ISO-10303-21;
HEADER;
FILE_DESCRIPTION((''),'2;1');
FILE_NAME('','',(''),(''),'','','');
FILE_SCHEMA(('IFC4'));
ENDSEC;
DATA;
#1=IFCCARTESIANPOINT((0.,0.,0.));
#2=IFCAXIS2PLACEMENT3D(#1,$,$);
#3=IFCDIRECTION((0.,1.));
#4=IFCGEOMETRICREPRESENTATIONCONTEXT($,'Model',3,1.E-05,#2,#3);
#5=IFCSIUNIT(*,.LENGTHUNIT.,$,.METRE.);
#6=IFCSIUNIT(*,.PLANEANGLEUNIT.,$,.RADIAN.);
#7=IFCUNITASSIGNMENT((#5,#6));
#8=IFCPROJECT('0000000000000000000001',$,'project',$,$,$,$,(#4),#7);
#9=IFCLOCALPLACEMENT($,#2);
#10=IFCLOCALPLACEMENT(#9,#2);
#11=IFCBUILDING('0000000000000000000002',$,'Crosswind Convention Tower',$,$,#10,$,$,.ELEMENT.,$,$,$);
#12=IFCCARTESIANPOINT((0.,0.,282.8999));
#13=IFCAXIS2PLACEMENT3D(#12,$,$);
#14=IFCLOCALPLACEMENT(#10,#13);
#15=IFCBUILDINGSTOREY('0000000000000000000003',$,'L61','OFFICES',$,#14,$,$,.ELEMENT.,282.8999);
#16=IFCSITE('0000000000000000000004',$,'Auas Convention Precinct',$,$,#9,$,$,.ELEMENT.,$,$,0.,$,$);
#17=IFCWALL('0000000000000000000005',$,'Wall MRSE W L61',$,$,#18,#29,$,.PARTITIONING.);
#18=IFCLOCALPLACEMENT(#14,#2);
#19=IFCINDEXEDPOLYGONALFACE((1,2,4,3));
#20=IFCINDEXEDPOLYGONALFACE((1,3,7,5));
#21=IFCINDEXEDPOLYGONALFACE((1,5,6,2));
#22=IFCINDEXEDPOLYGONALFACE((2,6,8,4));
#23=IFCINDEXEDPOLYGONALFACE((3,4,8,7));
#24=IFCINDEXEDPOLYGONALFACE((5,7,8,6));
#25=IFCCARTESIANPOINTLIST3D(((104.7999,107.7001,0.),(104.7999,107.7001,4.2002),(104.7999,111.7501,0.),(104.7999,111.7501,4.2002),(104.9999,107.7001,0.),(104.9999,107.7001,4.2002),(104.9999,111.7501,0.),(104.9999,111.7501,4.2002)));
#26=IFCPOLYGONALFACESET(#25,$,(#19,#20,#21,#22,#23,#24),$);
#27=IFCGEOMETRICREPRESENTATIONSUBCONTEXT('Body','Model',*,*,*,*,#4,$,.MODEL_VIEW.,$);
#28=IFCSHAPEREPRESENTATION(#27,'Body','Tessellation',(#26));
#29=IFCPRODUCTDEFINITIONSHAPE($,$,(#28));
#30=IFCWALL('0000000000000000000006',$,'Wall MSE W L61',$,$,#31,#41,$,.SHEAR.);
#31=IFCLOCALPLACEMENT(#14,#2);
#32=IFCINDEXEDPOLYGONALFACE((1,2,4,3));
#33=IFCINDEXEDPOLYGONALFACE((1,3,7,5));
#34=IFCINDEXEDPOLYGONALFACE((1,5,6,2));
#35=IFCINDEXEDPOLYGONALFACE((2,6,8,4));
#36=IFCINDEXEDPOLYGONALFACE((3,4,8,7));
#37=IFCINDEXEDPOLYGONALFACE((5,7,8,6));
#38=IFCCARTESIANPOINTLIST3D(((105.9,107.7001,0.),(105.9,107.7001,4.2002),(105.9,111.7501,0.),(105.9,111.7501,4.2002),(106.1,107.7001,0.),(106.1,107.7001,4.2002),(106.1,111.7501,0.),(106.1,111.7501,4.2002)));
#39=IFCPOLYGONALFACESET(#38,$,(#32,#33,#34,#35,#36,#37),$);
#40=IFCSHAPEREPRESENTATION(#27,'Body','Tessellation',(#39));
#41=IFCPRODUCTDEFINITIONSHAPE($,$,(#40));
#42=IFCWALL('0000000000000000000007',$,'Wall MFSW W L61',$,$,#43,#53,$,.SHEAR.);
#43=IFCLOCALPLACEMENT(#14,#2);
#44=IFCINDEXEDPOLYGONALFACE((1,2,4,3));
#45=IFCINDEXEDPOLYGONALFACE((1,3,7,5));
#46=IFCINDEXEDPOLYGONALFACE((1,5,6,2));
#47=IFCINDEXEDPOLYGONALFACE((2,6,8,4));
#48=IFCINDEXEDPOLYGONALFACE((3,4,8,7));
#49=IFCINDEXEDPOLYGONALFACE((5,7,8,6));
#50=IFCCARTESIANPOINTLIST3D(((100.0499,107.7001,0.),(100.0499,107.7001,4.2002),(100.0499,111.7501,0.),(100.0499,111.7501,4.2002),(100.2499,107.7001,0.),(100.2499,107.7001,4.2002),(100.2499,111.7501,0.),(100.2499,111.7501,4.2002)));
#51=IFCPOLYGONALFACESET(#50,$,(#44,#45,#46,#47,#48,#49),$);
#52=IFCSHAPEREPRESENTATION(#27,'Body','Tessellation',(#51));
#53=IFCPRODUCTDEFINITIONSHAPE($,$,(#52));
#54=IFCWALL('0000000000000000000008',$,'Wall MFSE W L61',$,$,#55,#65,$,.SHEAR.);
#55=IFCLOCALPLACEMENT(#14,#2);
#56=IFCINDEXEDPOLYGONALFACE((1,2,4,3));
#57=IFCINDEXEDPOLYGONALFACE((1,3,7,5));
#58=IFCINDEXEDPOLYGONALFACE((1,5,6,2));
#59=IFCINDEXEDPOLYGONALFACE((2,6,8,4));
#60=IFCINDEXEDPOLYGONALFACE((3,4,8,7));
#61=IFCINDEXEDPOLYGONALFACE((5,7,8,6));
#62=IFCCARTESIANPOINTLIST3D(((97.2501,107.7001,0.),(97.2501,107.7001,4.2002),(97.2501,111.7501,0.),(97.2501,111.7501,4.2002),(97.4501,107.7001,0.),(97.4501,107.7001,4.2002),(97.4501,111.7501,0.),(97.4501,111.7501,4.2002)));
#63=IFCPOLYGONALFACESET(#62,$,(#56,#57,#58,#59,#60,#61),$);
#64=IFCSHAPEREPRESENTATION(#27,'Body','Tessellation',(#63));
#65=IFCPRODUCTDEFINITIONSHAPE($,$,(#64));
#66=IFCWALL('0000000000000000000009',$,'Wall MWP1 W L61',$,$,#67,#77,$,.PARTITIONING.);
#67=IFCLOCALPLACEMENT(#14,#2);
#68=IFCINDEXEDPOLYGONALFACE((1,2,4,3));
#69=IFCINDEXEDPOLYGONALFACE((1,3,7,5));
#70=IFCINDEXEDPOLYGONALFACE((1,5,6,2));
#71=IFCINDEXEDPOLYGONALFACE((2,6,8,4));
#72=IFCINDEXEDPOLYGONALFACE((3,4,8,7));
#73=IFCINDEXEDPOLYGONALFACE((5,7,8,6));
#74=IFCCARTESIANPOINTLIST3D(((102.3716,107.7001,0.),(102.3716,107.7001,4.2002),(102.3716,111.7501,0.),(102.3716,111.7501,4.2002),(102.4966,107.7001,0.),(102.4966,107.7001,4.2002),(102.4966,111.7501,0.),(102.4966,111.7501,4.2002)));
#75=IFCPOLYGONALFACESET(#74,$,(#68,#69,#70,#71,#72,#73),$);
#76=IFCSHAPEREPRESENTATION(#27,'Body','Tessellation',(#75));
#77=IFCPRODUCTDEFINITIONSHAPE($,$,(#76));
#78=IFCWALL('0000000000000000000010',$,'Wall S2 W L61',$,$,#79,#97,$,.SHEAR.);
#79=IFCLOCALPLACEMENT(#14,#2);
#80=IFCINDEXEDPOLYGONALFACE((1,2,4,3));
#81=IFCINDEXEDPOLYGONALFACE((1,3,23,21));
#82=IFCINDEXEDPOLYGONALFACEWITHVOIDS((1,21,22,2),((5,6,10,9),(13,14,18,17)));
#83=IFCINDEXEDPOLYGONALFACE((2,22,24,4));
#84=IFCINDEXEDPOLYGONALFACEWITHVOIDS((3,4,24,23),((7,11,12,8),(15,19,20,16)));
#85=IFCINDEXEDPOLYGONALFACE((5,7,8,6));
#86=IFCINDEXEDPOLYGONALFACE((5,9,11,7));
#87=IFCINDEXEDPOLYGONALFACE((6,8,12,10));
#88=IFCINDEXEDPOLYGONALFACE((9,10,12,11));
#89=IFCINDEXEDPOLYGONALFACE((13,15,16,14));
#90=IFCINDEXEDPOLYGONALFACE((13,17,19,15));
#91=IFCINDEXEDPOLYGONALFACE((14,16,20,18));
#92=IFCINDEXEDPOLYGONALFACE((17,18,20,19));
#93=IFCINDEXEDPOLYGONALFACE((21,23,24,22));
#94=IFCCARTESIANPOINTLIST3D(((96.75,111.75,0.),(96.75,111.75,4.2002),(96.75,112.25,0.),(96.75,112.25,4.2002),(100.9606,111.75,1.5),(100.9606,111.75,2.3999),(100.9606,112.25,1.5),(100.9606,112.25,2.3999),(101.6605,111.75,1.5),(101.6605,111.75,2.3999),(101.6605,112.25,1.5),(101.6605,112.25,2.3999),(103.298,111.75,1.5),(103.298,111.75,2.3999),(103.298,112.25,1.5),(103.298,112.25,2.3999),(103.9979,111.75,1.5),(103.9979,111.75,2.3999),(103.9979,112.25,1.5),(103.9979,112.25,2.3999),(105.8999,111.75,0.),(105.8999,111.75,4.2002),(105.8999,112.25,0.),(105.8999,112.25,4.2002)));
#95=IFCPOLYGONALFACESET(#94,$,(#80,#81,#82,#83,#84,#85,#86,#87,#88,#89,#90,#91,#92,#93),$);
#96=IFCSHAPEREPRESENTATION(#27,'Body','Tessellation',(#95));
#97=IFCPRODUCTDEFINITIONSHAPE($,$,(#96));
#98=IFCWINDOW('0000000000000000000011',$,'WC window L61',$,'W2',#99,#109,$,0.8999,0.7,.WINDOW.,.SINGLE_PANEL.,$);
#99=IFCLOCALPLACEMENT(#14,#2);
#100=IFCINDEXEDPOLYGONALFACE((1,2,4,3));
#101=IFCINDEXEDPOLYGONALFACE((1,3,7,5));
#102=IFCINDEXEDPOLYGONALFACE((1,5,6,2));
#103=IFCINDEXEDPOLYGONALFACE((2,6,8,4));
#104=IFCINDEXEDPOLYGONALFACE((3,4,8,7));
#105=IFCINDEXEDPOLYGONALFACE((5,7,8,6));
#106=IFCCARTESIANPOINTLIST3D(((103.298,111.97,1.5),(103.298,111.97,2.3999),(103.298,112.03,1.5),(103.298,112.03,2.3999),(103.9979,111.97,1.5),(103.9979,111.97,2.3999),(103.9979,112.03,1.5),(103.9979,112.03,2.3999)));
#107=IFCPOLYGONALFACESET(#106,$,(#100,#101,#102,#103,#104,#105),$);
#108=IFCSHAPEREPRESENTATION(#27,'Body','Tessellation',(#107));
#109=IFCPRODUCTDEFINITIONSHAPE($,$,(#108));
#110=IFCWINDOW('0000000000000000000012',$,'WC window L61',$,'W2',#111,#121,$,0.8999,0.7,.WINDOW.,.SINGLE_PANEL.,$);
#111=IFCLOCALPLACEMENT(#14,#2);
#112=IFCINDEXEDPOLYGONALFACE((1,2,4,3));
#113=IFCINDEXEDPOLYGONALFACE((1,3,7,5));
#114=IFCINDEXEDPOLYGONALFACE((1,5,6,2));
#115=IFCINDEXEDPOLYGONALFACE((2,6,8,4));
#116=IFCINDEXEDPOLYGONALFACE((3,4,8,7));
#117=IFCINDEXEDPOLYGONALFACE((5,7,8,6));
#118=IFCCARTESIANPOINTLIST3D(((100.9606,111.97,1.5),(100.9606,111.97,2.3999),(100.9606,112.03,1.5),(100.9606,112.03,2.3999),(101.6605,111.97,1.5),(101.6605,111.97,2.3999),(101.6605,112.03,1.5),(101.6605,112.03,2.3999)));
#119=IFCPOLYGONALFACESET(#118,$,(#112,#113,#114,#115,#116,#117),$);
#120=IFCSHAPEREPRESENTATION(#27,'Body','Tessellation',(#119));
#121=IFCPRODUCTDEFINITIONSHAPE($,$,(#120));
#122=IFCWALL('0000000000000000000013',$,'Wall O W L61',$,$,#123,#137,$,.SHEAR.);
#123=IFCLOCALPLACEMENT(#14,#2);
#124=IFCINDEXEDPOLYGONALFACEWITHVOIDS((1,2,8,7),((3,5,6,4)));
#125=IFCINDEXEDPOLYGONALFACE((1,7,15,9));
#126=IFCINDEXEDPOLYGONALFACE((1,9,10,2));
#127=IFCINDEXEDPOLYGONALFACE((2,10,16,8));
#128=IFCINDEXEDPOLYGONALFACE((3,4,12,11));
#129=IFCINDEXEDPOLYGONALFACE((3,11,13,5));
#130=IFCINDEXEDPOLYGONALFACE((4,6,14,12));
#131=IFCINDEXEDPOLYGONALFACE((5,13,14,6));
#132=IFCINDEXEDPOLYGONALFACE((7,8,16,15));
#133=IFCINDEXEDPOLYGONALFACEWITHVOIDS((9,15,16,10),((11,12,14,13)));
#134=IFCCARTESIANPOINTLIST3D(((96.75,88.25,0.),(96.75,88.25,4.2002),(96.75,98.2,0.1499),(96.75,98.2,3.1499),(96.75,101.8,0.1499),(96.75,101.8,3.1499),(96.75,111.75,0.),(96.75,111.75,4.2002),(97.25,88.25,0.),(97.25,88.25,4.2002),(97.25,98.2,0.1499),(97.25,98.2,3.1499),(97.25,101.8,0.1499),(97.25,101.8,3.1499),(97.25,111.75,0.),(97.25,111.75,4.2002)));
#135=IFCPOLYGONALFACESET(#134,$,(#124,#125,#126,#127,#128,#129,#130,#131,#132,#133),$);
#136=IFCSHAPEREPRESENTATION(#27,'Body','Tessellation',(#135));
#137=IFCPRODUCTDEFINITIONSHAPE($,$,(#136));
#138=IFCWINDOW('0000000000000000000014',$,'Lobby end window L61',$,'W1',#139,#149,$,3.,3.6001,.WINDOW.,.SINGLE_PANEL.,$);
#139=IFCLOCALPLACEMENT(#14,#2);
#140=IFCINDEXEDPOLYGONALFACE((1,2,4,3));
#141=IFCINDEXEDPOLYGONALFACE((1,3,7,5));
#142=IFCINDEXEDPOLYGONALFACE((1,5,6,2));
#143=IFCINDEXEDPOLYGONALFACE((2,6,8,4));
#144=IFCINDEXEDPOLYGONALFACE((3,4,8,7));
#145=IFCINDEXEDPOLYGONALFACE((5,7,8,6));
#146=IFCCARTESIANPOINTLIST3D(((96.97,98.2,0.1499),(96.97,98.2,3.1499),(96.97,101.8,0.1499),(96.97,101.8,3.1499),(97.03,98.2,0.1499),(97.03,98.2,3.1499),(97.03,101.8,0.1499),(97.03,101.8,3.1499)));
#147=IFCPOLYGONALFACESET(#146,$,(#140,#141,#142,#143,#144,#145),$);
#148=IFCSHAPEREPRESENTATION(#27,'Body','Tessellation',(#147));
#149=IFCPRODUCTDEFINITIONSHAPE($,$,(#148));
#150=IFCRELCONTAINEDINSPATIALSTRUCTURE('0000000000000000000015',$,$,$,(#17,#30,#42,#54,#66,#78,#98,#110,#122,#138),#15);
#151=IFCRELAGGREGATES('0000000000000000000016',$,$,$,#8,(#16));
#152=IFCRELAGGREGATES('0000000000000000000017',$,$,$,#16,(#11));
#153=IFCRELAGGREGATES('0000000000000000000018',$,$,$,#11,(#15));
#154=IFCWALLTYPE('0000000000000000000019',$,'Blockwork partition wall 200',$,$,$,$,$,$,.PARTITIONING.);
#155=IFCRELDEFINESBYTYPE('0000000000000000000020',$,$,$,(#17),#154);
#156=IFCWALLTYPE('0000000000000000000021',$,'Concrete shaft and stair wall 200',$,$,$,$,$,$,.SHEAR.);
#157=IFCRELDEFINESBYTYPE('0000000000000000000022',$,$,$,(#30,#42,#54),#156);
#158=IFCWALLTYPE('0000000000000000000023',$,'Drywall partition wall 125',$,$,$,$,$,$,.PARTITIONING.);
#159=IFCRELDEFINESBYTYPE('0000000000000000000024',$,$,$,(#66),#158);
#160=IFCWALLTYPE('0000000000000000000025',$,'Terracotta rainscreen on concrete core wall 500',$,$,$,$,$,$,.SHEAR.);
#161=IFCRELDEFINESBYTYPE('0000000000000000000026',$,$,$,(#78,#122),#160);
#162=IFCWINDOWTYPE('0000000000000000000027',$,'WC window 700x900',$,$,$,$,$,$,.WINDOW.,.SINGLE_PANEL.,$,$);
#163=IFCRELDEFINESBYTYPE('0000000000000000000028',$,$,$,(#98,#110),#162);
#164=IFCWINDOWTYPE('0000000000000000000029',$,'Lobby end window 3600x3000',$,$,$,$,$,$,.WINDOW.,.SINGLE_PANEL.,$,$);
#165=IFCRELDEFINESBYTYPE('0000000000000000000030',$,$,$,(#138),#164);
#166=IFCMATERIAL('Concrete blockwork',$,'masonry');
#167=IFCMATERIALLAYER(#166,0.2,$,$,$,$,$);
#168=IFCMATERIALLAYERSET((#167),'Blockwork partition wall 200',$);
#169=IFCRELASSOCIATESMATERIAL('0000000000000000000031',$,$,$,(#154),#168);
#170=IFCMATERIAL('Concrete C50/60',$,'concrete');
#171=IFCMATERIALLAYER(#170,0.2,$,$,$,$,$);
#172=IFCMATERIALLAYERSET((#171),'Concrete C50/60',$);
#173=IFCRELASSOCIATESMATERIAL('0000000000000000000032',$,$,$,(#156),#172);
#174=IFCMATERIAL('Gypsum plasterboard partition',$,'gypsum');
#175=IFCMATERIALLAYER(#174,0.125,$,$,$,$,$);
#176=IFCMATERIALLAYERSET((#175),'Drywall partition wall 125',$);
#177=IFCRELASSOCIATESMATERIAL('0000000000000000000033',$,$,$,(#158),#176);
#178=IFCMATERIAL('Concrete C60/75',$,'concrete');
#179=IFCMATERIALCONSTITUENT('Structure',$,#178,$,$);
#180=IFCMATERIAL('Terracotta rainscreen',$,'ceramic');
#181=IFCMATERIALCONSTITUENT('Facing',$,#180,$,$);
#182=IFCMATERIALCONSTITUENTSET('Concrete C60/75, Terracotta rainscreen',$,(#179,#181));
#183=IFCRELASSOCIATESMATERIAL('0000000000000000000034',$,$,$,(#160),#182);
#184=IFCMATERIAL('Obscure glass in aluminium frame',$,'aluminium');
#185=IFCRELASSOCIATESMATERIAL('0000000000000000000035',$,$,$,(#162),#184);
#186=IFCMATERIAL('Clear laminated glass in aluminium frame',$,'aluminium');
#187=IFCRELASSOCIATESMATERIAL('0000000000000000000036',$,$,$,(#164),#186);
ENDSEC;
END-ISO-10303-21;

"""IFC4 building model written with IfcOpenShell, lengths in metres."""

from ifc_helpers import new_model, si_unit, direction, frame, frame_2d, origin, place, context, subcontext, project, spatial, rectangle, extrude, material, layer, layer_set, constituent, constituent_set, type_object, element, fill, save


model = new_model("IFC4")

# Units and contexts
model_context = context("Model", 3, precision=1e-05, world=origin(), true_north=direction((0.0, 1.0)))
body_context = subcontext(model_context, "Body", "Model", "MODEL_VIEW")
ifc_project = project(units=[si_unit("LENGTHUNIT", "METRE"), si_unit("PLANEANGLEUNIT", "RADIAN")], contexts=[model_context])

# Site, building, storey
site_placement = place(None, origin())
site = spatial("IfcSite", under=ifc_project, at=site_placement, Name="Auas Convention Precinct", CompositionType="ELEMENT", RefElevation=0.0)
building_placement = place(site_placement, origin())
building = spatial("IfcBuilding", under=site, at=building_placement, Name="Crosswind Convention Tower", CompositionType="ELEMENT")
storey_placement = place(building_placement, frame((0.0, 0.0, 282.8999)))
storey = spatial("IfcBuildingStorey", under=building, at=storey_placement, Name="L61", Description="OFFICES", CompositionType="ELEMENT", Elevation=282.8999)

# Walls
ifc_material_1 = material(Name="Concrete blockwork", Category="masonry")
ifc_layer_1 = layer(ifc_material_1, 0.2)
ifc_layer_set_1 = layer_set([ifc_layer_1], Name="Blockwork partition wall 200")
wall_type_1 = type_object("IfcWallType", Name="Blockwork partition wall 200", PredefinedType="PARTITIONING", material=ifc_layer_set_1)
wall_1_placement = place(storey_placement, frame((104.8999, 111.75, 0.0), z_axis=(0.0, 0.0, 1.0), x_axis=(0.0, -1.0, 0.0)))
element("IfcWall", 1, at=wall_1_placement, inside=storey, type_object=wall_type_1, Name="Wall MRSE W L61", PredefinedType="PARTITIONING", context=body_context, shape_type="SweptSolid", body=[
    extrude(rectangle(XDim=4.05, YDim=0.2, at=frame_2d((2.0249, 0.0))), origin(), (0.0, 0.0, 1.0), 4.2002),
])
ifc_material_2 = material(Name="Concrete C50/60", Category="concrete")
ifc_layer_2 = layer(ifc_material_2, 0.2)
ifc_layer_set_2 = layer_set([ifc_layer_2], Name="Concrete C50/60")
wall_type_2 = type_object("IfcWallType", Name="Concrete shaft and stair wall 200", PredefinedType="SHEAR", material=ifc_layer_set_2)
for number, where, z_axis, x_axis, name in (
    (2, (106.0, 111.75, 0.0), (0.0, 0.0, 1.0), (0.0, -1.0, 0.0), "Wall MSE W L61"),
    (3, (100.1499, 111.75, 0.0), (0.0, 0.0, 1.0), (0.0, -1.0, 0.0), "Wall MFSW W L61"),
    (4, (97.3501, 111.75, 0.0), (0.0, 0.0, 1.0), (0.0, -1.0, 0.0), "Wall MFSE W L61"),
):
    element("IfcWall", number, at=place(storey_placement, frame(where, z_axis=z_axis, x_axis=x_axis)), inside=storey, type_object=wall_type_2, Name=name, PredefinedType="SHEAR", context=body_context, shape_type="SweptSolid", body=[
        extrude(rectangle(XDim=4.05, YDim=0.2, at=frame_2d((2.0249, 0.0))), origin(), (0.0, 0.0, 1.0), 4.2002),
    ])
ifc_material_3 = material(Name="Gypsum plasterboard partition", Category="gypsum")
ifc_layer_3 = layer(ifc_material_3, 0.125)
ifc_layer_set_3 = layer_set([ifc_layer_3], Name="Drywall partition wall 125")
wall_type_3 = type_object("IfcWallType", Name="Drywall partition wall 125", PredefinedType="PARTITIONING", material=ifc_layer_set_3)
wall_2_placement = place(storey_placement, frame((102.4341, 111.75, 0.0), z_axis=(0.0, 0.0, 1.0), x_axis=(0.0, -1.0, 0.0)))
element("IfcWall", 5, at=wall_2_placement, inside=storey, type_object=wall_type_3, Name="Wall MWP1 W L61", PredefinedType="PARTITIONING", context=body_context, shape_type="SweptSolid", body=[
    extrude(rectangle(XDim=4.05, YDim=0.125, at=frame_2d((2.0249, 0.0))), origin(), (0.0, 0.0, 1.0), 4.2002),
])

# Wall, openings, windows
ifc_material_4 = material(Name="Concrete C60/75", Category="concrete")
ifc_constituent_1 = constituent(ifc_material_4, Name="Structure")
ifc_material_5 = material(Name="Terracotta rainscreen", Category="ceramic")
ifc_constituent_2 = constituent(ifc_material_5, Name="Facing")
ifc_constituent_set = constituent_set(constituents=[ifc_constituent_1, ifc_constituent_2], Name="Concrete C60/75, Terracotta rainscreen")
wall_type_4 = type_object("IfcWallType", Name="Terracotta rainscreen on concrete core wall 500", PredefinedType="SHEAR", material=ifc_constituent_set)
wall_3_placement = place(storey_placement, frame((105.8999, 112.0, 0.0), z_axis=(0.0, 0.0, 1.0), x_axis=(-1.0, 0.0, 0.0)))
wall_3 = element("IfcWall", 6, at=wall_3_placement, inside=storey, type_object=wall_type_4, Name="Wall S2 W L61", PredefinedType="SHEAR", context=body_context, shape_type="SweptSolid", body=[
    extrude(rectangle(XDim=9.1499, YDim=0.5, at=frame_2d((4.575, 0.0))), origin(), (0.0, 0.0, 1.0), 4.2002),
])
opening_1_placement = place(wall_3_placement, frame((1.9019, 0.0, 1.5)))
opening_1 = element("IfcOpeningElement", 7, at=opening_1_placement, cuts=wall_3, PredefinedType="OPENING", context=body_context, shape_type="SweptSolid", body=[
    extrude(rectangle(XDim=0.7, YDim=0.8999, at=frame_2d((0.3501, 0.45))), frame((0.0, 0.26, 0.0), z_axis=(0.0, -1.0, 0.0), x_axis=(1.0, 0.0, 0.0)), (0.0, 0.0, 1.0), 0.52),
])
opening_2_placement = place(wall_3_placement, frame((4.2393, 0.0, 1.5)))
opening_2 = element("IfcOpeningElement", 8, at=opening_2_placement, cuts=wall_3, PredefinedType="OPENING", context=body_context, shape_type="SweptSolid", body=[
    extrude(rectangle(XDim=0.7, YDim=0.8999, at=frame_2d((0.3501, 0.45))), frame((0.0, 0.26, 0.0), z_axis=(0.0, -1.0, 0.0), x_axis=(1.0, 0.0, 0.0)), (0.0, 0.0, 1.0), 0.52),
])
ifc_material_6 = material(Name="Obscure glass in aluminium frame", Category="aluminium")
window_type_1 = type_object("IfcWindowType", Name="WC window 700x900", PartitioningType="SINGLE_PANEL", PredefinedType="WINDOW", material=ifc_material_6)
window_1_placement = place(opening_1_placement, origin())
window_1 = element("IfcWindow", 9, at=window_1_placement, inside=storey, type_object=window_type_1, Name="WC window L61", ObjectType="W2", OverallHeight=0.8999, OverallWidth=0.7, PartitioningType="SINGLE_PANEL", PredefinedType="WINDOW", context=body_context, shape_type="SweptSolid", body=[
    extrude(rectangle(XDim=0.7, YDim=0.8999, at=frame_2d((0.3501, 0.45))), frame((0.0, 0.03, 0.0), z_axis=(0.0, -1.0, 0.0), x_axis=(1.0, 0.0, 0.0)), (0.0, 0.0, 1.0), 0.0601),
])
fill(opening_1, window_1)
window_2_placement = place(opening_2_placement, origin())
window_2 = element("IfcWindow", 10, at=window_2_placement, inside=storey, type_object=window_type_1, Name="WC window L61", ObjectType="W2", OverallHeight=0.8999, OverallWidth=0.7, PartitioningType="SINGLE_PANEL", PredefinedType="WINDOW", context=body_context, shape_type="SweptSolid", body=[
    extrude(rectangle(XDim=0.7, YDim=0.8999, at=frame_2d((0.3501, 0.45))), frame((0.0, 0.03, 0.0), z_axis=(0.0, -1.0, 0.0), x_axis=(1.0, 0.0, 0.0)), (0.0, 0.0, 1.0), 0.0601),
])
fill(opening_2, window_2)

# Wall, opening, window
wall_4_placement = place(storey_placement, frame((97.0, 111.75, 0.0), z_axis=(0.0, 0.0, 1.0), x_axis=(0.0, -1.0, 0.0)))
wall_4 = element("IfcWall", 11, at=wall_4_placement, inside=storey, type_object=wall_type_4, Name="Wall O W L61", PredefinedType="SHEAR", context=body_context, shape_type="SweptSolid", body=[
    extrude(rectangle(XDim=23.5, YDim=0.5, at=frame_2d((11.75, 0.0))), origin(), (0.0, 0.0, 1.0), 4.2002),
])
opening_3_placement = place(wall_4_placement, frame((9.95, 0.0, 0.1499)))
opening_3 = element("IfcOpeningElement", 12, at=opening_3_placement, cuts=wall_4, PredefinedType="OPENING", context=body_context, shape_type="SweptSolid", body=[
    extrude(rectangle(XDim=3.6001, YDim=3.0, at=frame_2d((1.8, 1.5))), frame((0.0, 0.26, 0.0), z_axis=(0.0, -1.0, 0.0), x_axis=(1.0, 0.0, 0.0)), (0.0, 0.0, 1.0), 0.52),
])
ifc_material_7 = material(Name="Clear laminated glass in aluminium frame", Category="aluminium")
window_type_2 = type_object("IfcWindowType", Name="Lobby end window 3600x3000", PartitioningType="SINGLE_PANEL", PredefinedType="WINDOW", material=ifc_material_7)
window_3_placement = place(opening_3_placement, origin())
window_3 = element("IfcWindow", 13, at=window_3_placement, inside=storey, type_object=window_type_2, Name="Lobby end window L61", ObjectType="W1", OverallHeight=3.0, OverallWidth=3.6001, PartitioningType="SINGLE_PANEL", PredefinedType="WINDOW", context=body_context, shape_type="SweptSolid", body=[
    extrude(rectangle(XDim=3.6001, YDim=3.0, at=frame_2d((1.8, 1.5))), frame((0.0, 0.03, 0.0), z_axis=(0.0, -1.0, 0.0), x_axis=(1.0, 0.0, 0.0)), (0.0, 0.0, 1.0), 0.0601),
])
fill(opening_3, window_3)

save(model, "model.ifc")
